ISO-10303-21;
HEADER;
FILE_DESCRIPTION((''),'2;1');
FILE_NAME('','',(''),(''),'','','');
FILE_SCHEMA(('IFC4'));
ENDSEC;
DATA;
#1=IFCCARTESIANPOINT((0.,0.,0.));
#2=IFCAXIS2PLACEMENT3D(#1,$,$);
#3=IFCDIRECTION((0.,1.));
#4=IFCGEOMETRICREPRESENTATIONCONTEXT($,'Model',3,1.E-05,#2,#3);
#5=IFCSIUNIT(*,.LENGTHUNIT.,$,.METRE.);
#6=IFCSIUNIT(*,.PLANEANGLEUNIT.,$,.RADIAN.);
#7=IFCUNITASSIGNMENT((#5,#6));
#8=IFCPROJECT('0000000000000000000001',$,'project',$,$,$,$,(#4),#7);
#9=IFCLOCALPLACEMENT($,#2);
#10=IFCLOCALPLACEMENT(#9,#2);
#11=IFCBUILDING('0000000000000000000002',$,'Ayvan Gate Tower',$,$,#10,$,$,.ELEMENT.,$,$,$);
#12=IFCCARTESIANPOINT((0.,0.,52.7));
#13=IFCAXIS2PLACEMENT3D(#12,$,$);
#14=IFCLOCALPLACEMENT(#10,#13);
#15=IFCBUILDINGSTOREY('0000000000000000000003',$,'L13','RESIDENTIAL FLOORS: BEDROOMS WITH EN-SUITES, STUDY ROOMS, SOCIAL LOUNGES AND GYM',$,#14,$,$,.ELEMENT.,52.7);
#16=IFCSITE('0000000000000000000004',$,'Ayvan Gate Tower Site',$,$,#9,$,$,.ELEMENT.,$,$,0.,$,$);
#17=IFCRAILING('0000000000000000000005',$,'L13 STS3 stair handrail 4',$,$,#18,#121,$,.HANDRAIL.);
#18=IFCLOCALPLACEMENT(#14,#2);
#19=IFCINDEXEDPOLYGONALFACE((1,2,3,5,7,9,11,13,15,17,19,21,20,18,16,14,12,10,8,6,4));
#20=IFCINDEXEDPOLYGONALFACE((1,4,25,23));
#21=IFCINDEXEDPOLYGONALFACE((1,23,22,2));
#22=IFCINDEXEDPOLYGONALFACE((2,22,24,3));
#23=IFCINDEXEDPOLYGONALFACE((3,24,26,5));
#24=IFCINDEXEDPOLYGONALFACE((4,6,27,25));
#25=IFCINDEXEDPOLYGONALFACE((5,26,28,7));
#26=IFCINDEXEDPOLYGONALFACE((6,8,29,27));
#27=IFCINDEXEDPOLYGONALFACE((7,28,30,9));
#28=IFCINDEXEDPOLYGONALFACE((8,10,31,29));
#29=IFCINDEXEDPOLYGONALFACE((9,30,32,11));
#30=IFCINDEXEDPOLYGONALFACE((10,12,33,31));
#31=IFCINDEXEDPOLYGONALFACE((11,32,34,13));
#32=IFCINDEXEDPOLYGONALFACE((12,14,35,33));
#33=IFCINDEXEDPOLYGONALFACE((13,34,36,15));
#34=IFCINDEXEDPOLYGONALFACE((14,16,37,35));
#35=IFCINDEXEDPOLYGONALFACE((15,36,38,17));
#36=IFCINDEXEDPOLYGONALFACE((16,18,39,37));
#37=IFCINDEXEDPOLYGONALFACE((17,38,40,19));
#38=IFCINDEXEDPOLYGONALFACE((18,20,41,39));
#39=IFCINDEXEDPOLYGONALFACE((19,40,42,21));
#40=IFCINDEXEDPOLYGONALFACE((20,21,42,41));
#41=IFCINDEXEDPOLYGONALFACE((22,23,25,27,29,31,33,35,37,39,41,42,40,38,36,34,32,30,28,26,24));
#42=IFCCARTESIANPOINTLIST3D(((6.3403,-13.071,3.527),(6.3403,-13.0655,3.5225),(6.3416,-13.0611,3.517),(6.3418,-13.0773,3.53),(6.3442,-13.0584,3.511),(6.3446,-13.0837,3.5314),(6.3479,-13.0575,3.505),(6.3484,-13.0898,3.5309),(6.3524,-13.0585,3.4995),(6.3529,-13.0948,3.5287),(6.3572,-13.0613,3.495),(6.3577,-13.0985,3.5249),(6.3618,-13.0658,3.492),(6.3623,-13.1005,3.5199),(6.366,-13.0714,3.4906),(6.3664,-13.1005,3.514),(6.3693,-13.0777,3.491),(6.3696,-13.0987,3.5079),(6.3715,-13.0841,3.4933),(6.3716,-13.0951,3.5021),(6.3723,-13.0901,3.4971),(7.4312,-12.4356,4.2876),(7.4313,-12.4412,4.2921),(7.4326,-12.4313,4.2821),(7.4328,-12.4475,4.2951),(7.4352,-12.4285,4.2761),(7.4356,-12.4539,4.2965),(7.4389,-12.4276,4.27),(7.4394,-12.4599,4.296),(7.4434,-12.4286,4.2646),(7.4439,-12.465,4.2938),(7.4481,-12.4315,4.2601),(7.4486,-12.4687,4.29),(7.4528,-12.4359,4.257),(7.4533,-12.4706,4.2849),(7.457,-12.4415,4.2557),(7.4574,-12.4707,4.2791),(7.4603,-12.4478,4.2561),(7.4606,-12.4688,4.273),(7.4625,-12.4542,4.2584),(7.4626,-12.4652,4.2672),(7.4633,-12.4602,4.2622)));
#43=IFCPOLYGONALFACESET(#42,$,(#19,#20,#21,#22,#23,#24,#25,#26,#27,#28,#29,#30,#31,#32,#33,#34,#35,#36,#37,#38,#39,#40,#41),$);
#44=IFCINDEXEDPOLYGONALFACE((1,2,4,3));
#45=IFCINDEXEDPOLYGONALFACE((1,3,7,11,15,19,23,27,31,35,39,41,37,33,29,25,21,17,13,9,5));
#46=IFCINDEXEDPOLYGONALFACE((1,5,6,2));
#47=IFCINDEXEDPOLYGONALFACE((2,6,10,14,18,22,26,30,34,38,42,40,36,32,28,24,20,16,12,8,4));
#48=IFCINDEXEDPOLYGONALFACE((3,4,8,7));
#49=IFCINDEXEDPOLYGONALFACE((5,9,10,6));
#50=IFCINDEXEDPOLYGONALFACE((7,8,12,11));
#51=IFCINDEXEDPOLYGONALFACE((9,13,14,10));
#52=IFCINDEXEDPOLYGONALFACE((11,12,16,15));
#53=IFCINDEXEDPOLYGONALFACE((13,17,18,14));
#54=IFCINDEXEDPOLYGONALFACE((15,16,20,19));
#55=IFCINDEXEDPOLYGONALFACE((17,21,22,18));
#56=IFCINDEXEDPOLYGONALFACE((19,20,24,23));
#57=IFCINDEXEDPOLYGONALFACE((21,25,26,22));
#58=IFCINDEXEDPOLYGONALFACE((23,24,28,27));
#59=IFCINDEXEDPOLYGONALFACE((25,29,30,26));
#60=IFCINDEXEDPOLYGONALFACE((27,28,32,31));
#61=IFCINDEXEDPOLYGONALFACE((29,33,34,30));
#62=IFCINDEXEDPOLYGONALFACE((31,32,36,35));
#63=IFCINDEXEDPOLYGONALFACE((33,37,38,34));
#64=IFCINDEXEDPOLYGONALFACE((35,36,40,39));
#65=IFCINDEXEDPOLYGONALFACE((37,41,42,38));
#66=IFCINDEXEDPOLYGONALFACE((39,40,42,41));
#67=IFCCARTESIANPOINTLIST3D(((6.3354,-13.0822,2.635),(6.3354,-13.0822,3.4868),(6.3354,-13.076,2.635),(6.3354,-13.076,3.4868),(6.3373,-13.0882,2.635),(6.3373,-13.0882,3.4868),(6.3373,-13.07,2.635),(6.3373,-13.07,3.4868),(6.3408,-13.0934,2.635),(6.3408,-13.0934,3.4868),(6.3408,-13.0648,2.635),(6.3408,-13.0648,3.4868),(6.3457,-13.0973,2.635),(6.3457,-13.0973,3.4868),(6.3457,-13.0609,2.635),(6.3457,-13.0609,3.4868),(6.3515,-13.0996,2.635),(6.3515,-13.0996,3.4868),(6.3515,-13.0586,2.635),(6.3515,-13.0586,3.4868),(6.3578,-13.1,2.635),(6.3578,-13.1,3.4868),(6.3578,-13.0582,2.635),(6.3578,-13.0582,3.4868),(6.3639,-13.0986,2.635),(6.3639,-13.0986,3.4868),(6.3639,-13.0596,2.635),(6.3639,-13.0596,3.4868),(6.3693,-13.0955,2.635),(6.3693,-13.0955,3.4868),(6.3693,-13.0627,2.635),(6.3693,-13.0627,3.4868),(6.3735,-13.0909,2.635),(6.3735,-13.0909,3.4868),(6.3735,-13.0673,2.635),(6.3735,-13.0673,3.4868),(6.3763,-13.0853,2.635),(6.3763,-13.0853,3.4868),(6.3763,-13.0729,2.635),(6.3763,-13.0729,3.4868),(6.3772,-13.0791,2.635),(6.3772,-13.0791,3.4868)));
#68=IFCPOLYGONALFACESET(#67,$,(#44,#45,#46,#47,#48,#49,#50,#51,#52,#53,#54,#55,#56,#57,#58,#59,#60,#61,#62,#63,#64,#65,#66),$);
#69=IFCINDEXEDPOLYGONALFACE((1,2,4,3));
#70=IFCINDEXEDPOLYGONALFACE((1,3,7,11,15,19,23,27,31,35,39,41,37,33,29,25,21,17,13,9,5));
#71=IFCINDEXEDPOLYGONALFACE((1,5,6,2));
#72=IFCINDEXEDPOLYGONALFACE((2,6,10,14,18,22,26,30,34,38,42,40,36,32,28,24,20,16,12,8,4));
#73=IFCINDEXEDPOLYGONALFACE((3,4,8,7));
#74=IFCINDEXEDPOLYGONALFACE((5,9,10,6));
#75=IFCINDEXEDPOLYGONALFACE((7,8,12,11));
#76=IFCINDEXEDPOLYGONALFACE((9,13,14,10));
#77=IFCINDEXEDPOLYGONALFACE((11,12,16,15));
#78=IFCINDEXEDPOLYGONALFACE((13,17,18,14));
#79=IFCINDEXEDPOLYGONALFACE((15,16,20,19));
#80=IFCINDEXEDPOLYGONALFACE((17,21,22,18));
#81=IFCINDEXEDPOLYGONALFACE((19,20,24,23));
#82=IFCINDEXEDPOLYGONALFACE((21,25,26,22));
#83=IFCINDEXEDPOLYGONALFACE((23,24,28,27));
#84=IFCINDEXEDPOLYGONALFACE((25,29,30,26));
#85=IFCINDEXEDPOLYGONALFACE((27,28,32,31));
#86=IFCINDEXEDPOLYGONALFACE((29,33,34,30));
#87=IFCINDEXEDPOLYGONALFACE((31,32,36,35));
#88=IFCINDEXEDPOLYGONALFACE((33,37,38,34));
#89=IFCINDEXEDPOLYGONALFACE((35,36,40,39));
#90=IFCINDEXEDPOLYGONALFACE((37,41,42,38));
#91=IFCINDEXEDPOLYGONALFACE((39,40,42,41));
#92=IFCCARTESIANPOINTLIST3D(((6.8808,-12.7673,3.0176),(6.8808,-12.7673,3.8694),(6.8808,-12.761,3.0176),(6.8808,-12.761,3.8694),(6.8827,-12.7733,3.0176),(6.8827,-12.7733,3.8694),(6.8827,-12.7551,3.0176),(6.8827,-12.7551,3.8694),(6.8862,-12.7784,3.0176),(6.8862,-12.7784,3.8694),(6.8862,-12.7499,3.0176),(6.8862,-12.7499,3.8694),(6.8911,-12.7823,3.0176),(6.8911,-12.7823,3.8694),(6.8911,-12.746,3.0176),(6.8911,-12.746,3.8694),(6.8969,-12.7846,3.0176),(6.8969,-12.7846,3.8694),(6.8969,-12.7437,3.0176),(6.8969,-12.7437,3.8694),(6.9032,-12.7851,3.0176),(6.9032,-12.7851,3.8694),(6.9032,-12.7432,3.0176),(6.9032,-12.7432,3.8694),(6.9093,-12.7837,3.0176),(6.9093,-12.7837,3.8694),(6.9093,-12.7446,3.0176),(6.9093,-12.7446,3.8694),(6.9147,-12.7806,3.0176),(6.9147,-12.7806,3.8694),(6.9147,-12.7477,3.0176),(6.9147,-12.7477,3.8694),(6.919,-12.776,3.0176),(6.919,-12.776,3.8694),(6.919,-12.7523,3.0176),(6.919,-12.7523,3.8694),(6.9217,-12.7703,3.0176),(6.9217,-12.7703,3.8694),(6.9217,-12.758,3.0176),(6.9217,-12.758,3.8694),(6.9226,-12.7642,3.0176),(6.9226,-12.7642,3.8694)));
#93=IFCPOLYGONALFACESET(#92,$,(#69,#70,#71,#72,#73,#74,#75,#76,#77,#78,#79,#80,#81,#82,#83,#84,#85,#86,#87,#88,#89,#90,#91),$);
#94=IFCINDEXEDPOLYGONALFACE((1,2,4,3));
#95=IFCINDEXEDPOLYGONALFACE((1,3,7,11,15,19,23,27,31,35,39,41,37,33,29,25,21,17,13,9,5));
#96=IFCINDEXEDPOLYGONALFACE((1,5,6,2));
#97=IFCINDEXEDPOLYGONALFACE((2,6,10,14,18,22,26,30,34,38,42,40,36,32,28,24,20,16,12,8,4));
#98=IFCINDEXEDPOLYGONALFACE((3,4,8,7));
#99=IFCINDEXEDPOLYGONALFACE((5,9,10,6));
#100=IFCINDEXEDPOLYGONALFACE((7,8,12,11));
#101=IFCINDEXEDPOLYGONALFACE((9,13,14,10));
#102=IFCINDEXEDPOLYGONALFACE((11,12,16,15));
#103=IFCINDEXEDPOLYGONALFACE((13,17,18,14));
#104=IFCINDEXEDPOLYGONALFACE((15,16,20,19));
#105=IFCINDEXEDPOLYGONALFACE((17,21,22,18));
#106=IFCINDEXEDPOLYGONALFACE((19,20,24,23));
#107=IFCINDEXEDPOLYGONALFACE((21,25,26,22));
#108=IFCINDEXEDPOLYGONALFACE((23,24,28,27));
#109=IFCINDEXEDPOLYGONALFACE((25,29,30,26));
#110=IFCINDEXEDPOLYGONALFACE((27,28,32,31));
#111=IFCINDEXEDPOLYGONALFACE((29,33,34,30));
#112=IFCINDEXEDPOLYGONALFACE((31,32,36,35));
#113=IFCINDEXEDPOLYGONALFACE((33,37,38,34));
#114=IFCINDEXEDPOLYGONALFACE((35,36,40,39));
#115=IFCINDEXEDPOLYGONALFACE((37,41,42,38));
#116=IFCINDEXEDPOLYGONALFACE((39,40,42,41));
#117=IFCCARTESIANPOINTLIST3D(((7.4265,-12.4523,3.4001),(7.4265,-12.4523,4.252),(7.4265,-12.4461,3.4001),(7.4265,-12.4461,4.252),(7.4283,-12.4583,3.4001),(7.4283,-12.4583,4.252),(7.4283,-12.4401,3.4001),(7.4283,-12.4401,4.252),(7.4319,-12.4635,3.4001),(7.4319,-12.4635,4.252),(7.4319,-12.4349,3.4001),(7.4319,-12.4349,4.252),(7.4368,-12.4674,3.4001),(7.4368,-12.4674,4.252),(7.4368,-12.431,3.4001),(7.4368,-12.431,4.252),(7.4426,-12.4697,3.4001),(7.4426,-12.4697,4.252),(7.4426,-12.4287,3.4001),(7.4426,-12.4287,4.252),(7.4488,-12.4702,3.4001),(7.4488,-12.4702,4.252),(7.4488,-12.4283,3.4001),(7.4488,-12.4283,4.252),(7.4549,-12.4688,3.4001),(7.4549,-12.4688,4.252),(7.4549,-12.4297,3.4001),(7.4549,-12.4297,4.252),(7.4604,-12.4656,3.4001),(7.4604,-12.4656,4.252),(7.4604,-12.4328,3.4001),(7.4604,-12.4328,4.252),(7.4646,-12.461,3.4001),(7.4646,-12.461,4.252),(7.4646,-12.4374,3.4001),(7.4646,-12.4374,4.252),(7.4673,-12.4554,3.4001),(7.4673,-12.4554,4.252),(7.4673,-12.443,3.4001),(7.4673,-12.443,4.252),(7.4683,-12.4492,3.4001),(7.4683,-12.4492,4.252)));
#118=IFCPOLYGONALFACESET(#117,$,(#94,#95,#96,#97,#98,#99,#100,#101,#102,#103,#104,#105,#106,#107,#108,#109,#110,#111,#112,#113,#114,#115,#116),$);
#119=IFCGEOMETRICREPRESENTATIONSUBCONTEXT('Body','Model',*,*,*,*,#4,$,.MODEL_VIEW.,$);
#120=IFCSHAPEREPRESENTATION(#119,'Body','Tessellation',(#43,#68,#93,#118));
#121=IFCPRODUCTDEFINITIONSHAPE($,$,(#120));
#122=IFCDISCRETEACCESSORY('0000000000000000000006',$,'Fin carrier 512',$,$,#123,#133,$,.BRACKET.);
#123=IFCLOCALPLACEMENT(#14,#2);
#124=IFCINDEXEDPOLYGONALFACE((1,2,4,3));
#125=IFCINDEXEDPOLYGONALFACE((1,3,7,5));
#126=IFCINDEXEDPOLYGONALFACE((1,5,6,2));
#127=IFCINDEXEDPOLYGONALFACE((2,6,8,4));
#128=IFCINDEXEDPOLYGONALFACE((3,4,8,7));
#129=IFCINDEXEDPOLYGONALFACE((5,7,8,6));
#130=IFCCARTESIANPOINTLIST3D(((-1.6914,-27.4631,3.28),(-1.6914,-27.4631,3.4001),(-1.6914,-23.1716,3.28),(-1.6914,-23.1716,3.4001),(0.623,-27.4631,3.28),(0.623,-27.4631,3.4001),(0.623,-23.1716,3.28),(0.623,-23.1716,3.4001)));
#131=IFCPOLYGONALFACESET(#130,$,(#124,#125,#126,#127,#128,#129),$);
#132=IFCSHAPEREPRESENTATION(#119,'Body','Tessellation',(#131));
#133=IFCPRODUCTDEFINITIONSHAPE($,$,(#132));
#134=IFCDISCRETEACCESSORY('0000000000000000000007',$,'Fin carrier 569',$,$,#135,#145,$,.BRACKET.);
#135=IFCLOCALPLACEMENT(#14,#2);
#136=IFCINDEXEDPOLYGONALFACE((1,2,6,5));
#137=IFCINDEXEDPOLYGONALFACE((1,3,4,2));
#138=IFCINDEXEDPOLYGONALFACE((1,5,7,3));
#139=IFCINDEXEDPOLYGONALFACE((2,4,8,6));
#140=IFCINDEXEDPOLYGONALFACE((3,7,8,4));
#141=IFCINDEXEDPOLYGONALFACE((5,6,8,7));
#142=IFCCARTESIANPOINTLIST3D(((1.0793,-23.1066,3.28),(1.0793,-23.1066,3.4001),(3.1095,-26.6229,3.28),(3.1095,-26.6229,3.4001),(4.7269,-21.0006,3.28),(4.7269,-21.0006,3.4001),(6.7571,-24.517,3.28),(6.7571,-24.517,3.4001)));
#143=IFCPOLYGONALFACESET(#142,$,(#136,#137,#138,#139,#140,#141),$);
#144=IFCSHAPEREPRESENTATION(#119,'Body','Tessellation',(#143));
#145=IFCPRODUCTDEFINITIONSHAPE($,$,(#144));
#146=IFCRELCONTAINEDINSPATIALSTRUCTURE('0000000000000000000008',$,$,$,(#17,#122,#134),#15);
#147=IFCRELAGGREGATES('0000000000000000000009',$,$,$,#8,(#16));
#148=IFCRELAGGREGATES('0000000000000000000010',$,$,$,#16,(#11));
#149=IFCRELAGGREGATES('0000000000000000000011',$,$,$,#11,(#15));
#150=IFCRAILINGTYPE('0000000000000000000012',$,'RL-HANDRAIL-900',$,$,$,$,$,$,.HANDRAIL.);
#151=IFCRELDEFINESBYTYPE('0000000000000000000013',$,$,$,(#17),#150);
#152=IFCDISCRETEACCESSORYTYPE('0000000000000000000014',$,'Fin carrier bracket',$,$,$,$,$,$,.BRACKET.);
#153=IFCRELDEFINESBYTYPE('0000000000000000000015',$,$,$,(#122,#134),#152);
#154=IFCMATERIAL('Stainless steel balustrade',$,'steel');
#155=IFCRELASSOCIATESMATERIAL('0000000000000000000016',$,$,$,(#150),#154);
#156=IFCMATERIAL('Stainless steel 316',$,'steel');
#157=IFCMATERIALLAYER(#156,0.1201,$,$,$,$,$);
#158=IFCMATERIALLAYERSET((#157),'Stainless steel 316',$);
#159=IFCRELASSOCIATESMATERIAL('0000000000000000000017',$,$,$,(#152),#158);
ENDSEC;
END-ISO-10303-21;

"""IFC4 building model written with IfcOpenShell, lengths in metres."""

from ifc_helpers import new_model, si_unit, direction, frame, origin, origin_2d, place, context, subcontext, project, spatial, rectangle, circle, extrude, material, layer, layer_set, type_object, element, save


model = new_model("IFC4")

# Units and contexts
model_context = context("Model", 3, precision=1e-05, world=origin(), true_north=direction((0.0, 1.0)))
body_context = subcontext(model_context, "Body", "Model", "MODEL_VIEW")
ifc_project = project(units=[si_unit("LENGTHUNIT", "METRE"), si_unit("PLANEANGLEUNIT", "RADIAN")], contexts=[model_context])

# Site, building, storey
site_placement = place(None, origin())
site = spatial("IfcSite", under=ifc_project, at=site_placement, Name="Ayvan Gate Tower Site", CompositionType="ELEMENT", RefElevation=0.0)
building_placement = place(site_placement, origin())
building = spatial("IfcBuilding", under=site, at=building_placement, Name="Ayvan Gate Tower", CompositionType="ELEMENT")
storey_placement = place(building_placement, frame((0.0, 0.0, 52.7)))
storey = spatial("IfcBuildingStorey", under=building, at=storey_placement, Name="L13", Description="RESIDENTIAL FLOORS: BEDROOMS WITH EN-SUITES, STUDY ROOMS, SOCIAL LOUNGES AND GYM", CompositionType="ELEMENT", Elevation=52.7)

# Railing
ifc_material_1 = material(Name="Stainless steel balustrade", Category="steel")
railing_type_1 = type_object("IfcRailingType", Name="RL-HANDRAIL-900", PredefinedType="HANDRAIL", material=ifc_material_1)
railing_1_placement = place(storey_placement, frame((6.3562, -13.0791, 2.635)))
element("IfcRailing", 1, at=railing_1_placement, inside=storey, type_object=railing_type_1, Name="L13 STS3 stair handrail 4", PredefinedType="HANDRAIL", context=body_context, shape_type="SweptSolid", body=[
    extrude(circle(Radius=0.0239, at=origin_2d()), frame((0.0, 0.0, 0.876), z_axis=(0.740218, 0.427336, 0.519097), x_axis=(-0.499974, 0.86604, 0.0)), (0.0, 0.0, 1.0), 1.4739),
    extrude(circle(Radius=0.021, at=origin_2d()), origin(), (0.0, 0.0, 1.0), 0.8518),
    extrude(circle(Radius=0.021, at=origin_2d()), frame((0.5454, 0.3149, 0.3826)), (0.0, 0.0, 1.0), 0.8518),
    extrude(circle(Radius=0.021, at=origin_2d()), frame((1.0911, 0.6299, 0.7651)), (0.0, 0.0, 1.0), 0.8518),
])

# Discrete accessories
ifc_material_2 = material(Name="Stainless steel 316", Category="steel")
ifc_layer_1 = layer(ifc_material_2, 0.1201)
ifc_layer_set_1 = layer_set([ifc_layer_1], Name="Stainless steel 316")
discrete_accessory_type = type_object("IfcDiscreteAccessoryType", Name="Fin carrier bracket", PredefinedType="BRACKET", material=ifc_layer_set_1)
discrete_accessory_1_placement = place(storey_placement, frame((-0.5342, -25.3174, 3.28), z_axis=(0.0, 0.0, 1.0), x_axis=(1.0, 0.0, 0.0)))
element("IfcDiscreteAccessory", 2, at=discrete_accessory_1_placement, inside=storey, type_object=discrete_accessory_type, Name="Fin carrier 512", PredefinedType="BRACKET", context=body_context, shape_type="SweptSolid", body=[
    extrude(rectangle(XDim=2.3145, YDim=4.2915, at=origin_2d()), origin(), (0.0, 0.0, 1.0), 0.1201),
])
discrete_accessory_2_placement = place(storey_placement, frame((3.9182, -23.8118, 3.28), z_axis=(0.0, 0.0, 1.0), x_axis=(0.866025, 0.5, 0.0)))
element("IfcDiscreteAccessory", 3, at=discrete_accessory_2_placement, inside=storey, type_object=discrete_accessory_type, Name="Fin carrier 569", PredefinedType="BRACKET", context=body_context, shape_type="SweptSolid", body=[
    extrude(rectangle(XDim=4.2119, YDim=4.0603, at=origin_2d()), origin(), (0.0, 0.0, 1.0), 0.1201),
])

save(model, "model.ifc")
